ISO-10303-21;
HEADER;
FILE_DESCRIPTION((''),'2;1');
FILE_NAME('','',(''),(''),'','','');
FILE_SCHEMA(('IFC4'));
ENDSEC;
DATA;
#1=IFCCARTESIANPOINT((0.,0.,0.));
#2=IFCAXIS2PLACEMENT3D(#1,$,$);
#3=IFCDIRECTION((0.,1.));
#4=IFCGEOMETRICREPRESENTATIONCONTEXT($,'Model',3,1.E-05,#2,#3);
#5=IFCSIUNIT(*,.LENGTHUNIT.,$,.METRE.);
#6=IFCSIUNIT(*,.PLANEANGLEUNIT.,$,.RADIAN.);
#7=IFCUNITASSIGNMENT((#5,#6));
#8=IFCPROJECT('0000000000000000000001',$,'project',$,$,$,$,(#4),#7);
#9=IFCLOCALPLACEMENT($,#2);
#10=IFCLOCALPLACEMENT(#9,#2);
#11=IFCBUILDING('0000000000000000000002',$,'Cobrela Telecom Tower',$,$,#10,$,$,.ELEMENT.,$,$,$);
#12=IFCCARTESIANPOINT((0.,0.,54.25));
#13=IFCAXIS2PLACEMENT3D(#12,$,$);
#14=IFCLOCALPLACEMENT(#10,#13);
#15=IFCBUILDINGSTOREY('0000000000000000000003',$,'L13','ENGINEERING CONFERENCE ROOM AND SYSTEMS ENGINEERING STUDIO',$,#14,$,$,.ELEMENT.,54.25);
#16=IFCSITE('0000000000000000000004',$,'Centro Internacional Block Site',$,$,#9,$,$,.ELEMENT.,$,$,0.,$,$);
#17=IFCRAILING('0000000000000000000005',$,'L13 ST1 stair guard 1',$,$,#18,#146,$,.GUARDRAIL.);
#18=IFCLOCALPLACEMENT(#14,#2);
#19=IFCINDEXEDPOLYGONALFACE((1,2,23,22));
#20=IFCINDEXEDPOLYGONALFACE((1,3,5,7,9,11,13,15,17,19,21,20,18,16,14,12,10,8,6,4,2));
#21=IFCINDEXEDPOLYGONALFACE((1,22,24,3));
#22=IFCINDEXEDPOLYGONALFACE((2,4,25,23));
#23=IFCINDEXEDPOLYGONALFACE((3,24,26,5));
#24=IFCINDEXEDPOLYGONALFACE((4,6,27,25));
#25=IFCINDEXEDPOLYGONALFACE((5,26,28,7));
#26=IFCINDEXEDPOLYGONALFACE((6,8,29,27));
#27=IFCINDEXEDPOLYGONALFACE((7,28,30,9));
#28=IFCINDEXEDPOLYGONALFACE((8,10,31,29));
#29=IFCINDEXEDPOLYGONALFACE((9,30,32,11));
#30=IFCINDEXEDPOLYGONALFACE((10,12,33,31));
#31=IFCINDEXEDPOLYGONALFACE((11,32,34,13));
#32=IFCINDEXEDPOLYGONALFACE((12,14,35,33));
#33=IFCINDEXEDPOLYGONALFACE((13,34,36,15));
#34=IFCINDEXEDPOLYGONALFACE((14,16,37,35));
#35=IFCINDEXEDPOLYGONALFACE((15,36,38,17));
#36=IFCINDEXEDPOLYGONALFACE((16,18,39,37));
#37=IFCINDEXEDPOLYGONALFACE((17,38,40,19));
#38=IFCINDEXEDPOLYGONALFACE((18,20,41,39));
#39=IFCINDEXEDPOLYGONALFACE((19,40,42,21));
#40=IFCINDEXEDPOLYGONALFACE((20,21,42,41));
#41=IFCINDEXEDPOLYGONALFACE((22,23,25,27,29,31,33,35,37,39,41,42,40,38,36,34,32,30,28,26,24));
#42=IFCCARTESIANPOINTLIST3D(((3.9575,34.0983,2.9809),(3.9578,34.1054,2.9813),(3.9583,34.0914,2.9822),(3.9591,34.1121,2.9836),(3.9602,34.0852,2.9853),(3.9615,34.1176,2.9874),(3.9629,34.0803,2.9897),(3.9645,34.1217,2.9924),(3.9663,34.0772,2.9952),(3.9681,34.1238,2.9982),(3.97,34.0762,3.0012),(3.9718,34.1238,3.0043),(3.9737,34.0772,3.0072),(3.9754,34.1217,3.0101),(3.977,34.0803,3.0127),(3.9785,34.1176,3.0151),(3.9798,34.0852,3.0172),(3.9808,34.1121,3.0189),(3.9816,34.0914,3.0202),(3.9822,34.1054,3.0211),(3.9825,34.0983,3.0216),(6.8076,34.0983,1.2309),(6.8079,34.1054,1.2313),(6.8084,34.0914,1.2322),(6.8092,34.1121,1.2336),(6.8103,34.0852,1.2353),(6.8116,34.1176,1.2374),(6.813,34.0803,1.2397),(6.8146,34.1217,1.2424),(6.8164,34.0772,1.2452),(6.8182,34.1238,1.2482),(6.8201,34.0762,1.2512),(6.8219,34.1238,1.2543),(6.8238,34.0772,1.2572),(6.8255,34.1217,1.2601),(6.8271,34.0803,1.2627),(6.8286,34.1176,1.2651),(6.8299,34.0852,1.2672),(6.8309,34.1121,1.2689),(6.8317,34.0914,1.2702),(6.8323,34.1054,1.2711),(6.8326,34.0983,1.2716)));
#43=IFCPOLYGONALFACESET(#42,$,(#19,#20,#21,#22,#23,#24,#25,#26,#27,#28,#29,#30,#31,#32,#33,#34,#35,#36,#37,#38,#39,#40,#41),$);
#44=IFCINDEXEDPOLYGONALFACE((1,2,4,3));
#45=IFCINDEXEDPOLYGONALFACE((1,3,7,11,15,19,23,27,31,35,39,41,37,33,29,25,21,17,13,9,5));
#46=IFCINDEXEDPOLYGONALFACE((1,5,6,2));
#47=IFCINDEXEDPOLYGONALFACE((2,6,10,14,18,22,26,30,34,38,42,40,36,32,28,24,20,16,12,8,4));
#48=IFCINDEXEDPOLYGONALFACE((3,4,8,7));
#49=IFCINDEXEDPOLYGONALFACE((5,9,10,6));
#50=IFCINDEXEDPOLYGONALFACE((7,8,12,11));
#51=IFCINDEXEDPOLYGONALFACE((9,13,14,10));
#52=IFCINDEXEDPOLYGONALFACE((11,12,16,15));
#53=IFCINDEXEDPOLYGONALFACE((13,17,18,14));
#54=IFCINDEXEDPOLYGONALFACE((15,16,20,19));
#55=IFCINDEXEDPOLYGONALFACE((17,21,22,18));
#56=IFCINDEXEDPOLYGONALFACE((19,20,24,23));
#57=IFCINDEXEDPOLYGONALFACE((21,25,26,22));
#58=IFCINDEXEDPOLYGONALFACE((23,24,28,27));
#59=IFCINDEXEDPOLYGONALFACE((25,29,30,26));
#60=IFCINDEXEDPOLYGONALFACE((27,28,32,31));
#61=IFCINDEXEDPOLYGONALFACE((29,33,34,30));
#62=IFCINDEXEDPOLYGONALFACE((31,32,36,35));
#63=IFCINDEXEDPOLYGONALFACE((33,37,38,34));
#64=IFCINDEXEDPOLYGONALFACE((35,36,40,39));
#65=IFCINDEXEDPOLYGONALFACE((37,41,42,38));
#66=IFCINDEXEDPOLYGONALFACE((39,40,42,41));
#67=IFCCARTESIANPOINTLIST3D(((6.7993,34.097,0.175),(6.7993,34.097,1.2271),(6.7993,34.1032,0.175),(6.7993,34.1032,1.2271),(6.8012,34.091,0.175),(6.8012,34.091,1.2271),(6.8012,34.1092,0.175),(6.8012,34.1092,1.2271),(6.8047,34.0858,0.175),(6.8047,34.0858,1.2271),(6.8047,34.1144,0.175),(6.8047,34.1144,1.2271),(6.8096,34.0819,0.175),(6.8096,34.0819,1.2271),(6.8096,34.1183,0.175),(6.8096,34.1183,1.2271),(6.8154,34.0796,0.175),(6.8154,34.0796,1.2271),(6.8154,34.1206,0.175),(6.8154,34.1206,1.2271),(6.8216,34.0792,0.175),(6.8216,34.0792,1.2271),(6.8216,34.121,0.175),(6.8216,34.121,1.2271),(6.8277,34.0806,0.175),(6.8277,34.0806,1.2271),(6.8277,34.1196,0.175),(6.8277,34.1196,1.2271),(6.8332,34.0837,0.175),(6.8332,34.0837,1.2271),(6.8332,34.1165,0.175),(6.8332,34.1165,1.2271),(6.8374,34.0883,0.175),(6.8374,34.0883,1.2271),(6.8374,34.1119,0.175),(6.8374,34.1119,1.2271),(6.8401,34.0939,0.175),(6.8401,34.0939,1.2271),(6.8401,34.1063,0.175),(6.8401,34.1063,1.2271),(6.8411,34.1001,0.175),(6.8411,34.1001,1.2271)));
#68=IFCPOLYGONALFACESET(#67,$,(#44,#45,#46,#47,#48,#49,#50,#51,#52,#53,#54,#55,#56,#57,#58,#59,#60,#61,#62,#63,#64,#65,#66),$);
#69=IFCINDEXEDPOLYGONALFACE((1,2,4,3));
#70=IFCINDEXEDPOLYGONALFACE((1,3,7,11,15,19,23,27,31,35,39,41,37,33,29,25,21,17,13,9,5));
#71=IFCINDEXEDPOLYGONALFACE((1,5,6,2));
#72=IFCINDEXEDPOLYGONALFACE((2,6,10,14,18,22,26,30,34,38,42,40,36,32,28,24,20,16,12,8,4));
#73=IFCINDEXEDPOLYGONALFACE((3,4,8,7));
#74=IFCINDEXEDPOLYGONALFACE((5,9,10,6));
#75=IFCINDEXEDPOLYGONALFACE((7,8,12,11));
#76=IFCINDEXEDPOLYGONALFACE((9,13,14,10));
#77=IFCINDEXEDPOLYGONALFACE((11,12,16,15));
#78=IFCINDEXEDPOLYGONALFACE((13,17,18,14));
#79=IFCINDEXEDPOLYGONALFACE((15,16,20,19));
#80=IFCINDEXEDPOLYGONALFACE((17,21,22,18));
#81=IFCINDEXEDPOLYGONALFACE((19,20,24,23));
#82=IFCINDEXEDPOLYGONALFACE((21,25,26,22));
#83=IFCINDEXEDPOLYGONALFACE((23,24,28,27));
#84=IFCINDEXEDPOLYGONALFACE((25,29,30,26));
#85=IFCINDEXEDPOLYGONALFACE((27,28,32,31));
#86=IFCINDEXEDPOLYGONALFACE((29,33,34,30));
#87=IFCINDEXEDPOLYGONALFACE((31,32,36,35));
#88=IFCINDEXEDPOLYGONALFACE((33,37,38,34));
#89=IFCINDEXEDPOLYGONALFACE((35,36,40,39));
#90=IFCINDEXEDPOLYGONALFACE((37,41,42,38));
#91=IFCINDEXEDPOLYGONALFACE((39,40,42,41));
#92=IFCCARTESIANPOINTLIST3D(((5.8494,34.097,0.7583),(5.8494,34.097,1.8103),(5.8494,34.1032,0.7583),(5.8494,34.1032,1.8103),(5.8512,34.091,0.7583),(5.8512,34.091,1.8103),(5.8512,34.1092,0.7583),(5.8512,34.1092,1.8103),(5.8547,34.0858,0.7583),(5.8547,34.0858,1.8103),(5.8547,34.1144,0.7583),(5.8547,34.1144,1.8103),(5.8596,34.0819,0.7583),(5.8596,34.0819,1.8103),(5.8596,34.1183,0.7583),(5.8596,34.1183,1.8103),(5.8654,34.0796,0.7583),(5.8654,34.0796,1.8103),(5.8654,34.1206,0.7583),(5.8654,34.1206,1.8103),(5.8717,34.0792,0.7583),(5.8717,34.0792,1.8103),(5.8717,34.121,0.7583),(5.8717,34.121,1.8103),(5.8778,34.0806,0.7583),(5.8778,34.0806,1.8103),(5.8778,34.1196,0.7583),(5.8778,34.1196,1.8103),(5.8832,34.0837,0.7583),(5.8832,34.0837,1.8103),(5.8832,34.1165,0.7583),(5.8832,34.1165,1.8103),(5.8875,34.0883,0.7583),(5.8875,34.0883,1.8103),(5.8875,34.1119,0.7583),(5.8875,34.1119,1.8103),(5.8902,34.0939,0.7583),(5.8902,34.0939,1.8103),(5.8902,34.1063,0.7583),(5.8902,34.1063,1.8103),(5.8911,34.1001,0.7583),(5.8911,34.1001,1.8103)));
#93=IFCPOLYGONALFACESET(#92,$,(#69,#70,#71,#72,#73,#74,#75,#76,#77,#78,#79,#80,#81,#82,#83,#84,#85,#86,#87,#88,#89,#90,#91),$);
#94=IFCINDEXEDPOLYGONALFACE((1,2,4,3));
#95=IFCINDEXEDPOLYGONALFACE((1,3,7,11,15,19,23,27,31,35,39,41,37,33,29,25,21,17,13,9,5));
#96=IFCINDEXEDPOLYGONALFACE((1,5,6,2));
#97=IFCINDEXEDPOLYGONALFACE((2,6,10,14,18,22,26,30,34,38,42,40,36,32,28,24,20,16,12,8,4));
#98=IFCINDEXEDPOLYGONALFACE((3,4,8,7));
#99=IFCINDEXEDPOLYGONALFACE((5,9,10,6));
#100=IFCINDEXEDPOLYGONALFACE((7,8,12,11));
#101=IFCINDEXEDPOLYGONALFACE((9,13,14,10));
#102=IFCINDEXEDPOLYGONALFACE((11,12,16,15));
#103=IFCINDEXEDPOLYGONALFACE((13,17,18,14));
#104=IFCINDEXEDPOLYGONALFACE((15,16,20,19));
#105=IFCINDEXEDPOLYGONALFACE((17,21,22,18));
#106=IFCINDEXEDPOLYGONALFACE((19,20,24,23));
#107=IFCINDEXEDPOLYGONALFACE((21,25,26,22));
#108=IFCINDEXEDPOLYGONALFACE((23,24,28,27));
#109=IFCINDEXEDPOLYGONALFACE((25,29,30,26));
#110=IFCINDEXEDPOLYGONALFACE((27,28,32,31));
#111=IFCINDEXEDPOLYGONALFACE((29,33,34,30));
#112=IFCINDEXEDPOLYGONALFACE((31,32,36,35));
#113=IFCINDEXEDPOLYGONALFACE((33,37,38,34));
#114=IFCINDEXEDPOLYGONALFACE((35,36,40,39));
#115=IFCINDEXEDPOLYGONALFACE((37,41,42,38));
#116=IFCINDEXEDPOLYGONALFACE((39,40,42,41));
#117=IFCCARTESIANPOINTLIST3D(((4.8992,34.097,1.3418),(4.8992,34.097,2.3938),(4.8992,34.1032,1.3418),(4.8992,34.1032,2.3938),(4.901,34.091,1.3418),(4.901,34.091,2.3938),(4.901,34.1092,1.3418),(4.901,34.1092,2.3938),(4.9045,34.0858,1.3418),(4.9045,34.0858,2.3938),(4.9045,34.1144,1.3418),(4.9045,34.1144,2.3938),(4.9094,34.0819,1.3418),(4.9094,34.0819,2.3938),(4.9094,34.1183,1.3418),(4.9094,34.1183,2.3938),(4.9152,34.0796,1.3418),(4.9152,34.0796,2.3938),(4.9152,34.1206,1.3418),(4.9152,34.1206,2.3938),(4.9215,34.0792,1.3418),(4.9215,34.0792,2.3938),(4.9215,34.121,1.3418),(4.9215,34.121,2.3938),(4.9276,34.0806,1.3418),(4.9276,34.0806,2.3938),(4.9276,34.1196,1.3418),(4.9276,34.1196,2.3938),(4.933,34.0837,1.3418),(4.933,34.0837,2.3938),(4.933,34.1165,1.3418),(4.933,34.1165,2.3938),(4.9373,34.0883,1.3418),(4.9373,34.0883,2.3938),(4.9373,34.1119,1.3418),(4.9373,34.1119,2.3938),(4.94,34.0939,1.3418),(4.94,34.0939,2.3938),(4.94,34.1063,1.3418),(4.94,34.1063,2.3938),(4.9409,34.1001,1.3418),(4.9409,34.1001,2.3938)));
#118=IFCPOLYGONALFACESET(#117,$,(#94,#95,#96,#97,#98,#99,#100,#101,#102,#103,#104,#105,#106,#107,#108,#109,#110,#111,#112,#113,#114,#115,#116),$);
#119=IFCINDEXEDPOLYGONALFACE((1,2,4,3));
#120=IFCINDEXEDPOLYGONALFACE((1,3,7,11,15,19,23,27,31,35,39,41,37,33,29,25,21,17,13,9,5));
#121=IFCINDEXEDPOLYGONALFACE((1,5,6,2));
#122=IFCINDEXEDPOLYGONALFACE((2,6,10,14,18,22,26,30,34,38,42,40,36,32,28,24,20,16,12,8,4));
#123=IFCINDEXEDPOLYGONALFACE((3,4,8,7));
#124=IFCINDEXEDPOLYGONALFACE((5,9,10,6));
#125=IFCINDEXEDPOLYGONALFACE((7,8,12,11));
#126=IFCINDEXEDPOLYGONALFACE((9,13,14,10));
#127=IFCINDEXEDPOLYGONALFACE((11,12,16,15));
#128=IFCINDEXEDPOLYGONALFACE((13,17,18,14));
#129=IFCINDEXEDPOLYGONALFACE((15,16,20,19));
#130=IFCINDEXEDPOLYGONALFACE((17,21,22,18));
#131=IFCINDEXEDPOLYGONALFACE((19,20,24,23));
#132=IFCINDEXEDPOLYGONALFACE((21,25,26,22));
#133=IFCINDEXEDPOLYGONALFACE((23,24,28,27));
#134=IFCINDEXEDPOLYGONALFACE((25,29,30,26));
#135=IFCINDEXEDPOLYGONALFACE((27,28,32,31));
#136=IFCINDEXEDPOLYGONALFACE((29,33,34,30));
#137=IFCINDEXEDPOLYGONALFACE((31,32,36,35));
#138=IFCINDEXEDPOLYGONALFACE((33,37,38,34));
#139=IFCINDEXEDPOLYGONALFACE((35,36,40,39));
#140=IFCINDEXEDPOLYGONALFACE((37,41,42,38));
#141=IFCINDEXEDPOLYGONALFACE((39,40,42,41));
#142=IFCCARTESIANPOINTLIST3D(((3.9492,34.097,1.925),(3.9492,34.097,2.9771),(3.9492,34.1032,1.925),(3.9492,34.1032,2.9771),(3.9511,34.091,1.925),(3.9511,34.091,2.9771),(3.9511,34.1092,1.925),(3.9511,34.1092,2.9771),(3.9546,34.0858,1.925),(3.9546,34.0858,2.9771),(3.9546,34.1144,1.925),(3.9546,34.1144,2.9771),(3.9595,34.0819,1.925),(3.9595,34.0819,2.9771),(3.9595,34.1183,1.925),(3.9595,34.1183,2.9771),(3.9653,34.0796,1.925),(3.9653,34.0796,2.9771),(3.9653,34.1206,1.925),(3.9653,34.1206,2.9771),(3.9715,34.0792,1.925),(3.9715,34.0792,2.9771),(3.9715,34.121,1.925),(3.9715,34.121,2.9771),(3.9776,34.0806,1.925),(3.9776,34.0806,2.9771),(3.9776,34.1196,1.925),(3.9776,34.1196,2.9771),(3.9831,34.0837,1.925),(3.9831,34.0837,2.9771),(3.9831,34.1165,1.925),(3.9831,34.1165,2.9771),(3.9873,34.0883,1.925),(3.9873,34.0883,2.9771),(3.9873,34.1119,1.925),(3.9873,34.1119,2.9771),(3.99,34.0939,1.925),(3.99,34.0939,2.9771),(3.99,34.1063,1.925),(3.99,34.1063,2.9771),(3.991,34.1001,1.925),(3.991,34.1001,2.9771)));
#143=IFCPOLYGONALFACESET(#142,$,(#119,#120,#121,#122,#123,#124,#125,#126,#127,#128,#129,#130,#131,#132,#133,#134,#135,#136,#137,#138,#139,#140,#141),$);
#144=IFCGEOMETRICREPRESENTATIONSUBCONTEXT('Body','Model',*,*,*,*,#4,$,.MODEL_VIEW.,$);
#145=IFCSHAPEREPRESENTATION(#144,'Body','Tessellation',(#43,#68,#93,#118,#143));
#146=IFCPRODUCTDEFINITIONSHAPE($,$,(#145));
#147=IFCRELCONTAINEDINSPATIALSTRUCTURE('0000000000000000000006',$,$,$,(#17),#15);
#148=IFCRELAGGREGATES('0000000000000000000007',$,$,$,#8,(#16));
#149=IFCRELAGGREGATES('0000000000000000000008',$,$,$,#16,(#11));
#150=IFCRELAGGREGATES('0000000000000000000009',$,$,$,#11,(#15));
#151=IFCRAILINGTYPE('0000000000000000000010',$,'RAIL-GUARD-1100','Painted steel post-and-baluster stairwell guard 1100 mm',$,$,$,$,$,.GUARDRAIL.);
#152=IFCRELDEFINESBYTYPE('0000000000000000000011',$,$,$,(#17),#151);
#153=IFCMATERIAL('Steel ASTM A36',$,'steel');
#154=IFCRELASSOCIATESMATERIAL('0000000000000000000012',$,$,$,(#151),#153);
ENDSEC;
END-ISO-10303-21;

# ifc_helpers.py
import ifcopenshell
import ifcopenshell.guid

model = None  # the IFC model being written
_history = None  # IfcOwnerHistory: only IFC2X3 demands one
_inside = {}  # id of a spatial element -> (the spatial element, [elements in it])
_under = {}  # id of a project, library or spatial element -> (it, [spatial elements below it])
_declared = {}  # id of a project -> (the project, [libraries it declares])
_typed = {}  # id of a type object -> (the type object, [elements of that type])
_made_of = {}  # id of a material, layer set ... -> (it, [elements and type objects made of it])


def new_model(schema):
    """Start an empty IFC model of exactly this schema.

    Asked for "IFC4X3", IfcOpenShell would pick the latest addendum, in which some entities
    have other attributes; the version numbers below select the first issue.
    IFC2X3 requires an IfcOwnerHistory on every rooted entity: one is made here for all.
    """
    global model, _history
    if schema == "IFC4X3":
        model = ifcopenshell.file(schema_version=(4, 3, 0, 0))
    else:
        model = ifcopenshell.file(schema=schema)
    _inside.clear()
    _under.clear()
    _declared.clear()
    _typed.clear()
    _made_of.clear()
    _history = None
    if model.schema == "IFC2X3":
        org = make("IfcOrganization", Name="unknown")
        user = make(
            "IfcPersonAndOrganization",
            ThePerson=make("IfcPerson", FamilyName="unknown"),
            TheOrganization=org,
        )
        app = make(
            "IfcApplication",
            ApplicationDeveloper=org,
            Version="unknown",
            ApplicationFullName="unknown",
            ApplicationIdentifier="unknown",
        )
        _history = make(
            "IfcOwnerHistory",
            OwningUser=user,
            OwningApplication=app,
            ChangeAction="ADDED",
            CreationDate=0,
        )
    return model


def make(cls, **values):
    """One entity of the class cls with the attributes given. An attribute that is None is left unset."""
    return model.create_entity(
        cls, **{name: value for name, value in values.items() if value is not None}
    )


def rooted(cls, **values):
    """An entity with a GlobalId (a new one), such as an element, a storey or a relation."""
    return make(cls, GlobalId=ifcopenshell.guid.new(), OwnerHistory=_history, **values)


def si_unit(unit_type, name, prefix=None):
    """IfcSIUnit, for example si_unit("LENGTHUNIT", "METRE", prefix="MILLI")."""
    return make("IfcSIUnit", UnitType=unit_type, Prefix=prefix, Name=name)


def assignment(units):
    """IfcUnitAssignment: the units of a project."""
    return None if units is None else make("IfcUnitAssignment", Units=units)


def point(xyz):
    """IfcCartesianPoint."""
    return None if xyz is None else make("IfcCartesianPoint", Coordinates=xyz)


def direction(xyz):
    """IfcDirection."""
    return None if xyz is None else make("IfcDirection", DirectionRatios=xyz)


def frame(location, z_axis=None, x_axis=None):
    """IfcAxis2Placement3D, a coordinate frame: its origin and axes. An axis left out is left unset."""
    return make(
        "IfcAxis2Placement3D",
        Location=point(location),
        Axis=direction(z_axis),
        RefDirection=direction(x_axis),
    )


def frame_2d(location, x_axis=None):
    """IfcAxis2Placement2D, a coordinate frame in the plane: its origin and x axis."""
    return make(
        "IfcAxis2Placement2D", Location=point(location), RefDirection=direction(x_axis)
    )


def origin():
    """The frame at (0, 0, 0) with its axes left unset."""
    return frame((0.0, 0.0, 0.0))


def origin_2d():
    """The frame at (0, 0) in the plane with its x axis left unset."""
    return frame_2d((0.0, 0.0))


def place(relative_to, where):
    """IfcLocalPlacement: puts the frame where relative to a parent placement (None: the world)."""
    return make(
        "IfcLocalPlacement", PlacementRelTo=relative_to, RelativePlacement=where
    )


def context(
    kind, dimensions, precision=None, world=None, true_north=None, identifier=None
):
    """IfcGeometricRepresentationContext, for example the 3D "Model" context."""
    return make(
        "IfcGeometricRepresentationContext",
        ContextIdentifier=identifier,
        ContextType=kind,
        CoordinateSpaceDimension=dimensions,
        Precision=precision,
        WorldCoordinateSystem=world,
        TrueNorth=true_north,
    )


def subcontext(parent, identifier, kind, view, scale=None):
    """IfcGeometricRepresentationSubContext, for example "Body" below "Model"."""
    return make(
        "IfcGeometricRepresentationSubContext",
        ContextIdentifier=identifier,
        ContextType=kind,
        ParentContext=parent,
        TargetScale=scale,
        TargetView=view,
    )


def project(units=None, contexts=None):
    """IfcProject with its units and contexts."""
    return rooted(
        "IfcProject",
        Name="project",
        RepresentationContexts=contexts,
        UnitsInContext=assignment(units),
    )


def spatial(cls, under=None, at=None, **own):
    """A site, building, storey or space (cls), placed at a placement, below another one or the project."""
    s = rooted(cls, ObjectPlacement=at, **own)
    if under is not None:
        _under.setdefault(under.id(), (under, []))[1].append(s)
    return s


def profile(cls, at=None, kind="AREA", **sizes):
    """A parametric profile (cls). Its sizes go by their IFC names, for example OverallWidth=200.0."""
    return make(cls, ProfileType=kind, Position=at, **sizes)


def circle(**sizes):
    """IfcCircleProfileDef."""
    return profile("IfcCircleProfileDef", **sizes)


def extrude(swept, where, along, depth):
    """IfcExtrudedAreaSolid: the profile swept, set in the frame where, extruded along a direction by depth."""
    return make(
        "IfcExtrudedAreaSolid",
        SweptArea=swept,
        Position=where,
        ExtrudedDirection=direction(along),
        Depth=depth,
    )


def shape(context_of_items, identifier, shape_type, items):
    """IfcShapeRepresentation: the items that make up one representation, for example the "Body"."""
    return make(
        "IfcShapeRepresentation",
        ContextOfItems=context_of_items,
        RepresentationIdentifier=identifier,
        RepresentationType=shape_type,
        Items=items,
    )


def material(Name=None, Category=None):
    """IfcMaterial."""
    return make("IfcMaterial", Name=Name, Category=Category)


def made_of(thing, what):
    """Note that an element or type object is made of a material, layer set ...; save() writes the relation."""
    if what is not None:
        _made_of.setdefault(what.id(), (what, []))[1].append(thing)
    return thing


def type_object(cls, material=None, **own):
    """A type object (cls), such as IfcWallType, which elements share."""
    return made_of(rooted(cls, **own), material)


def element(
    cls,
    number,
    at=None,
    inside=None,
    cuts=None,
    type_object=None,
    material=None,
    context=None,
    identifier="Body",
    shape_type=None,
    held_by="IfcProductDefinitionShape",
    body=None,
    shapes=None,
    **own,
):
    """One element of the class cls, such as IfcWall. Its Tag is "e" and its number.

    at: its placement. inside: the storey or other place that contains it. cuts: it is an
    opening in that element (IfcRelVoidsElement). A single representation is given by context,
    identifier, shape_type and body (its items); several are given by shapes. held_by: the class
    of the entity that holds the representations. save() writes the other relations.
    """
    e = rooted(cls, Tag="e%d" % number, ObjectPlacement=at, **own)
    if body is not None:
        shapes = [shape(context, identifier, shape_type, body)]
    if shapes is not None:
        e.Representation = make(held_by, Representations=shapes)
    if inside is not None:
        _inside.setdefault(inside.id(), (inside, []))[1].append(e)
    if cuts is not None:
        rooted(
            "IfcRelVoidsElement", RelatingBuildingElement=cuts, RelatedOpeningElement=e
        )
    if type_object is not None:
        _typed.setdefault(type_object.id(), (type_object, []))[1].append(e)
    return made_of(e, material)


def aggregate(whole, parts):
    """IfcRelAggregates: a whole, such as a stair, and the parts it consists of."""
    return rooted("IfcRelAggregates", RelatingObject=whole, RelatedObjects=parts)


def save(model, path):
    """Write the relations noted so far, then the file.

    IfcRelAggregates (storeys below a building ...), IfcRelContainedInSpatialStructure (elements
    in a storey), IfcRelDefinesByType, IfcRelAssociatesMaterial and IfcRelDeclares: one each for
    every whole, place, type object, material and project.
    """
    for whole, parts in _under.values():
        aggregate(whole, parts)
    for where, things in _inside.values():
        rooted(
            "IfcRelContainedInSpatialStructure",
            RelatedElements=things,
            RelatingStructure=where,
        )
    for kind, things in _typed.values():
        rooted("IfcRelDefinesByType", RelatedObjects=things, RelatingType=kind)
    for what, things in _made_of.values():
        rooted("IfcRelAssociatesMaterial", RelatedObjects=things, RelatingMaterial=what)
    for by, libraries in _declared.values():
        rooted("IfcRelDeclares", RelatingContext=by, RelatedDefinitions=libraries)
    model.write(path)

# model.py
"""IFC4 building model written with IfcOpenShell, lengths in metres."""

from ifc_helpers import new_model, si_unit, direction, frame, origin, origin_2d, place, context, subcontext, project, spatial, circle, extrude, material, type_object, element, save


model = new_model("IFC4")

# Units and contexts
model_context = context("Model", 3, precision=1e-05, world=origin(), true_north=direction((0.0, 1.0)))
body_context = subcontext(model_context, "Body", "Model", "MODEL_VIEW")
ifc_project = project(units=[si_unit("LENGTHUNIT", "METRE"), si_unit("PLANEANGLEUNIT", "RADIAN")], contexts=[model_context])

# Site, building, storey
site_placement = place(None, origin())
site = spatial("IfcSite", under=ifc_project, at=site_placement, Name="Centro Internacional Block Site", CompositionType="ELEMENT", RefElevation=0.0)
building_placement = place(site_placement, origin())
building = spatial("IfcBuilding", under=site, at=building_placement, Name="Cobrela Telecom Tower", CompositionType="ELEMENT")
storey_placement = place(building_placement, frame((0.0, 0.0, 54.25)))
storey = spatial("IfcBuildingStorey", under=building, at=storey_placement, Name="L13", Description="ENGINEERING CONFERENCE ROOM AND SYSTEMS ENGINEERING STUDIO", CompositionType="ELEMENT", Elevation=54.25)

# Shared definitions
ifc_material_1 = material(Name="Steel ASTM A36", Category="steel")

# Railing
railing_type_1 = type_object("IfcRailingType", Name="RAIL-GUARD-1100", Description="Painted steel post-and-baluster stairwell guard 1100 mm", PredefinedType="GUARDRAIL", material=ifc_material_1)
railing_1_placement = place(storey_placement, frame((6.8201, 34.1001, 0.175)))
element("IfcRailing", 1, at=railing_1_placement, inside=storey, type_object=railing_type_1, Name="L13 ST1 stair guard 1", PredefinedType="GUARDRAIL", context=body_context, shape_type="SweptSolid", body=[
    extrude(circle(Radius=0.0239, at=origin_2d()), frame((0.0, 0.0, 1.0762), z_axis=(-0.852179, 0.0, 0.52325), x_axis=(0.0, -1.0, 0.0)), (0.0, 0.0, 1.0), 3.3445),
    extrude(circle(Radius=0.021, at=origin_2d()), origin(), (0.0, 0.0, 1.0), 1.052),
    extrude(circle(Radius=0.021, at=origin_2d()), frame((-0.95, 0.0, 0.5833)), (0.0, 0.0, 1.0), 1.052),
    extrude(circle(Radius=0.021, at=origin_2d()), frame((-1.9001, 0.0, 1.1667)), (0.0, 0.0, 1.0), 1.052),
    extrude(circle(Radius=0.021, at=origin_2d()), frame((-2.8501, 0.0, 1.75)), (0.0, 0.0, 1.0), 1.052),
])

save(model, "model.ifc")
